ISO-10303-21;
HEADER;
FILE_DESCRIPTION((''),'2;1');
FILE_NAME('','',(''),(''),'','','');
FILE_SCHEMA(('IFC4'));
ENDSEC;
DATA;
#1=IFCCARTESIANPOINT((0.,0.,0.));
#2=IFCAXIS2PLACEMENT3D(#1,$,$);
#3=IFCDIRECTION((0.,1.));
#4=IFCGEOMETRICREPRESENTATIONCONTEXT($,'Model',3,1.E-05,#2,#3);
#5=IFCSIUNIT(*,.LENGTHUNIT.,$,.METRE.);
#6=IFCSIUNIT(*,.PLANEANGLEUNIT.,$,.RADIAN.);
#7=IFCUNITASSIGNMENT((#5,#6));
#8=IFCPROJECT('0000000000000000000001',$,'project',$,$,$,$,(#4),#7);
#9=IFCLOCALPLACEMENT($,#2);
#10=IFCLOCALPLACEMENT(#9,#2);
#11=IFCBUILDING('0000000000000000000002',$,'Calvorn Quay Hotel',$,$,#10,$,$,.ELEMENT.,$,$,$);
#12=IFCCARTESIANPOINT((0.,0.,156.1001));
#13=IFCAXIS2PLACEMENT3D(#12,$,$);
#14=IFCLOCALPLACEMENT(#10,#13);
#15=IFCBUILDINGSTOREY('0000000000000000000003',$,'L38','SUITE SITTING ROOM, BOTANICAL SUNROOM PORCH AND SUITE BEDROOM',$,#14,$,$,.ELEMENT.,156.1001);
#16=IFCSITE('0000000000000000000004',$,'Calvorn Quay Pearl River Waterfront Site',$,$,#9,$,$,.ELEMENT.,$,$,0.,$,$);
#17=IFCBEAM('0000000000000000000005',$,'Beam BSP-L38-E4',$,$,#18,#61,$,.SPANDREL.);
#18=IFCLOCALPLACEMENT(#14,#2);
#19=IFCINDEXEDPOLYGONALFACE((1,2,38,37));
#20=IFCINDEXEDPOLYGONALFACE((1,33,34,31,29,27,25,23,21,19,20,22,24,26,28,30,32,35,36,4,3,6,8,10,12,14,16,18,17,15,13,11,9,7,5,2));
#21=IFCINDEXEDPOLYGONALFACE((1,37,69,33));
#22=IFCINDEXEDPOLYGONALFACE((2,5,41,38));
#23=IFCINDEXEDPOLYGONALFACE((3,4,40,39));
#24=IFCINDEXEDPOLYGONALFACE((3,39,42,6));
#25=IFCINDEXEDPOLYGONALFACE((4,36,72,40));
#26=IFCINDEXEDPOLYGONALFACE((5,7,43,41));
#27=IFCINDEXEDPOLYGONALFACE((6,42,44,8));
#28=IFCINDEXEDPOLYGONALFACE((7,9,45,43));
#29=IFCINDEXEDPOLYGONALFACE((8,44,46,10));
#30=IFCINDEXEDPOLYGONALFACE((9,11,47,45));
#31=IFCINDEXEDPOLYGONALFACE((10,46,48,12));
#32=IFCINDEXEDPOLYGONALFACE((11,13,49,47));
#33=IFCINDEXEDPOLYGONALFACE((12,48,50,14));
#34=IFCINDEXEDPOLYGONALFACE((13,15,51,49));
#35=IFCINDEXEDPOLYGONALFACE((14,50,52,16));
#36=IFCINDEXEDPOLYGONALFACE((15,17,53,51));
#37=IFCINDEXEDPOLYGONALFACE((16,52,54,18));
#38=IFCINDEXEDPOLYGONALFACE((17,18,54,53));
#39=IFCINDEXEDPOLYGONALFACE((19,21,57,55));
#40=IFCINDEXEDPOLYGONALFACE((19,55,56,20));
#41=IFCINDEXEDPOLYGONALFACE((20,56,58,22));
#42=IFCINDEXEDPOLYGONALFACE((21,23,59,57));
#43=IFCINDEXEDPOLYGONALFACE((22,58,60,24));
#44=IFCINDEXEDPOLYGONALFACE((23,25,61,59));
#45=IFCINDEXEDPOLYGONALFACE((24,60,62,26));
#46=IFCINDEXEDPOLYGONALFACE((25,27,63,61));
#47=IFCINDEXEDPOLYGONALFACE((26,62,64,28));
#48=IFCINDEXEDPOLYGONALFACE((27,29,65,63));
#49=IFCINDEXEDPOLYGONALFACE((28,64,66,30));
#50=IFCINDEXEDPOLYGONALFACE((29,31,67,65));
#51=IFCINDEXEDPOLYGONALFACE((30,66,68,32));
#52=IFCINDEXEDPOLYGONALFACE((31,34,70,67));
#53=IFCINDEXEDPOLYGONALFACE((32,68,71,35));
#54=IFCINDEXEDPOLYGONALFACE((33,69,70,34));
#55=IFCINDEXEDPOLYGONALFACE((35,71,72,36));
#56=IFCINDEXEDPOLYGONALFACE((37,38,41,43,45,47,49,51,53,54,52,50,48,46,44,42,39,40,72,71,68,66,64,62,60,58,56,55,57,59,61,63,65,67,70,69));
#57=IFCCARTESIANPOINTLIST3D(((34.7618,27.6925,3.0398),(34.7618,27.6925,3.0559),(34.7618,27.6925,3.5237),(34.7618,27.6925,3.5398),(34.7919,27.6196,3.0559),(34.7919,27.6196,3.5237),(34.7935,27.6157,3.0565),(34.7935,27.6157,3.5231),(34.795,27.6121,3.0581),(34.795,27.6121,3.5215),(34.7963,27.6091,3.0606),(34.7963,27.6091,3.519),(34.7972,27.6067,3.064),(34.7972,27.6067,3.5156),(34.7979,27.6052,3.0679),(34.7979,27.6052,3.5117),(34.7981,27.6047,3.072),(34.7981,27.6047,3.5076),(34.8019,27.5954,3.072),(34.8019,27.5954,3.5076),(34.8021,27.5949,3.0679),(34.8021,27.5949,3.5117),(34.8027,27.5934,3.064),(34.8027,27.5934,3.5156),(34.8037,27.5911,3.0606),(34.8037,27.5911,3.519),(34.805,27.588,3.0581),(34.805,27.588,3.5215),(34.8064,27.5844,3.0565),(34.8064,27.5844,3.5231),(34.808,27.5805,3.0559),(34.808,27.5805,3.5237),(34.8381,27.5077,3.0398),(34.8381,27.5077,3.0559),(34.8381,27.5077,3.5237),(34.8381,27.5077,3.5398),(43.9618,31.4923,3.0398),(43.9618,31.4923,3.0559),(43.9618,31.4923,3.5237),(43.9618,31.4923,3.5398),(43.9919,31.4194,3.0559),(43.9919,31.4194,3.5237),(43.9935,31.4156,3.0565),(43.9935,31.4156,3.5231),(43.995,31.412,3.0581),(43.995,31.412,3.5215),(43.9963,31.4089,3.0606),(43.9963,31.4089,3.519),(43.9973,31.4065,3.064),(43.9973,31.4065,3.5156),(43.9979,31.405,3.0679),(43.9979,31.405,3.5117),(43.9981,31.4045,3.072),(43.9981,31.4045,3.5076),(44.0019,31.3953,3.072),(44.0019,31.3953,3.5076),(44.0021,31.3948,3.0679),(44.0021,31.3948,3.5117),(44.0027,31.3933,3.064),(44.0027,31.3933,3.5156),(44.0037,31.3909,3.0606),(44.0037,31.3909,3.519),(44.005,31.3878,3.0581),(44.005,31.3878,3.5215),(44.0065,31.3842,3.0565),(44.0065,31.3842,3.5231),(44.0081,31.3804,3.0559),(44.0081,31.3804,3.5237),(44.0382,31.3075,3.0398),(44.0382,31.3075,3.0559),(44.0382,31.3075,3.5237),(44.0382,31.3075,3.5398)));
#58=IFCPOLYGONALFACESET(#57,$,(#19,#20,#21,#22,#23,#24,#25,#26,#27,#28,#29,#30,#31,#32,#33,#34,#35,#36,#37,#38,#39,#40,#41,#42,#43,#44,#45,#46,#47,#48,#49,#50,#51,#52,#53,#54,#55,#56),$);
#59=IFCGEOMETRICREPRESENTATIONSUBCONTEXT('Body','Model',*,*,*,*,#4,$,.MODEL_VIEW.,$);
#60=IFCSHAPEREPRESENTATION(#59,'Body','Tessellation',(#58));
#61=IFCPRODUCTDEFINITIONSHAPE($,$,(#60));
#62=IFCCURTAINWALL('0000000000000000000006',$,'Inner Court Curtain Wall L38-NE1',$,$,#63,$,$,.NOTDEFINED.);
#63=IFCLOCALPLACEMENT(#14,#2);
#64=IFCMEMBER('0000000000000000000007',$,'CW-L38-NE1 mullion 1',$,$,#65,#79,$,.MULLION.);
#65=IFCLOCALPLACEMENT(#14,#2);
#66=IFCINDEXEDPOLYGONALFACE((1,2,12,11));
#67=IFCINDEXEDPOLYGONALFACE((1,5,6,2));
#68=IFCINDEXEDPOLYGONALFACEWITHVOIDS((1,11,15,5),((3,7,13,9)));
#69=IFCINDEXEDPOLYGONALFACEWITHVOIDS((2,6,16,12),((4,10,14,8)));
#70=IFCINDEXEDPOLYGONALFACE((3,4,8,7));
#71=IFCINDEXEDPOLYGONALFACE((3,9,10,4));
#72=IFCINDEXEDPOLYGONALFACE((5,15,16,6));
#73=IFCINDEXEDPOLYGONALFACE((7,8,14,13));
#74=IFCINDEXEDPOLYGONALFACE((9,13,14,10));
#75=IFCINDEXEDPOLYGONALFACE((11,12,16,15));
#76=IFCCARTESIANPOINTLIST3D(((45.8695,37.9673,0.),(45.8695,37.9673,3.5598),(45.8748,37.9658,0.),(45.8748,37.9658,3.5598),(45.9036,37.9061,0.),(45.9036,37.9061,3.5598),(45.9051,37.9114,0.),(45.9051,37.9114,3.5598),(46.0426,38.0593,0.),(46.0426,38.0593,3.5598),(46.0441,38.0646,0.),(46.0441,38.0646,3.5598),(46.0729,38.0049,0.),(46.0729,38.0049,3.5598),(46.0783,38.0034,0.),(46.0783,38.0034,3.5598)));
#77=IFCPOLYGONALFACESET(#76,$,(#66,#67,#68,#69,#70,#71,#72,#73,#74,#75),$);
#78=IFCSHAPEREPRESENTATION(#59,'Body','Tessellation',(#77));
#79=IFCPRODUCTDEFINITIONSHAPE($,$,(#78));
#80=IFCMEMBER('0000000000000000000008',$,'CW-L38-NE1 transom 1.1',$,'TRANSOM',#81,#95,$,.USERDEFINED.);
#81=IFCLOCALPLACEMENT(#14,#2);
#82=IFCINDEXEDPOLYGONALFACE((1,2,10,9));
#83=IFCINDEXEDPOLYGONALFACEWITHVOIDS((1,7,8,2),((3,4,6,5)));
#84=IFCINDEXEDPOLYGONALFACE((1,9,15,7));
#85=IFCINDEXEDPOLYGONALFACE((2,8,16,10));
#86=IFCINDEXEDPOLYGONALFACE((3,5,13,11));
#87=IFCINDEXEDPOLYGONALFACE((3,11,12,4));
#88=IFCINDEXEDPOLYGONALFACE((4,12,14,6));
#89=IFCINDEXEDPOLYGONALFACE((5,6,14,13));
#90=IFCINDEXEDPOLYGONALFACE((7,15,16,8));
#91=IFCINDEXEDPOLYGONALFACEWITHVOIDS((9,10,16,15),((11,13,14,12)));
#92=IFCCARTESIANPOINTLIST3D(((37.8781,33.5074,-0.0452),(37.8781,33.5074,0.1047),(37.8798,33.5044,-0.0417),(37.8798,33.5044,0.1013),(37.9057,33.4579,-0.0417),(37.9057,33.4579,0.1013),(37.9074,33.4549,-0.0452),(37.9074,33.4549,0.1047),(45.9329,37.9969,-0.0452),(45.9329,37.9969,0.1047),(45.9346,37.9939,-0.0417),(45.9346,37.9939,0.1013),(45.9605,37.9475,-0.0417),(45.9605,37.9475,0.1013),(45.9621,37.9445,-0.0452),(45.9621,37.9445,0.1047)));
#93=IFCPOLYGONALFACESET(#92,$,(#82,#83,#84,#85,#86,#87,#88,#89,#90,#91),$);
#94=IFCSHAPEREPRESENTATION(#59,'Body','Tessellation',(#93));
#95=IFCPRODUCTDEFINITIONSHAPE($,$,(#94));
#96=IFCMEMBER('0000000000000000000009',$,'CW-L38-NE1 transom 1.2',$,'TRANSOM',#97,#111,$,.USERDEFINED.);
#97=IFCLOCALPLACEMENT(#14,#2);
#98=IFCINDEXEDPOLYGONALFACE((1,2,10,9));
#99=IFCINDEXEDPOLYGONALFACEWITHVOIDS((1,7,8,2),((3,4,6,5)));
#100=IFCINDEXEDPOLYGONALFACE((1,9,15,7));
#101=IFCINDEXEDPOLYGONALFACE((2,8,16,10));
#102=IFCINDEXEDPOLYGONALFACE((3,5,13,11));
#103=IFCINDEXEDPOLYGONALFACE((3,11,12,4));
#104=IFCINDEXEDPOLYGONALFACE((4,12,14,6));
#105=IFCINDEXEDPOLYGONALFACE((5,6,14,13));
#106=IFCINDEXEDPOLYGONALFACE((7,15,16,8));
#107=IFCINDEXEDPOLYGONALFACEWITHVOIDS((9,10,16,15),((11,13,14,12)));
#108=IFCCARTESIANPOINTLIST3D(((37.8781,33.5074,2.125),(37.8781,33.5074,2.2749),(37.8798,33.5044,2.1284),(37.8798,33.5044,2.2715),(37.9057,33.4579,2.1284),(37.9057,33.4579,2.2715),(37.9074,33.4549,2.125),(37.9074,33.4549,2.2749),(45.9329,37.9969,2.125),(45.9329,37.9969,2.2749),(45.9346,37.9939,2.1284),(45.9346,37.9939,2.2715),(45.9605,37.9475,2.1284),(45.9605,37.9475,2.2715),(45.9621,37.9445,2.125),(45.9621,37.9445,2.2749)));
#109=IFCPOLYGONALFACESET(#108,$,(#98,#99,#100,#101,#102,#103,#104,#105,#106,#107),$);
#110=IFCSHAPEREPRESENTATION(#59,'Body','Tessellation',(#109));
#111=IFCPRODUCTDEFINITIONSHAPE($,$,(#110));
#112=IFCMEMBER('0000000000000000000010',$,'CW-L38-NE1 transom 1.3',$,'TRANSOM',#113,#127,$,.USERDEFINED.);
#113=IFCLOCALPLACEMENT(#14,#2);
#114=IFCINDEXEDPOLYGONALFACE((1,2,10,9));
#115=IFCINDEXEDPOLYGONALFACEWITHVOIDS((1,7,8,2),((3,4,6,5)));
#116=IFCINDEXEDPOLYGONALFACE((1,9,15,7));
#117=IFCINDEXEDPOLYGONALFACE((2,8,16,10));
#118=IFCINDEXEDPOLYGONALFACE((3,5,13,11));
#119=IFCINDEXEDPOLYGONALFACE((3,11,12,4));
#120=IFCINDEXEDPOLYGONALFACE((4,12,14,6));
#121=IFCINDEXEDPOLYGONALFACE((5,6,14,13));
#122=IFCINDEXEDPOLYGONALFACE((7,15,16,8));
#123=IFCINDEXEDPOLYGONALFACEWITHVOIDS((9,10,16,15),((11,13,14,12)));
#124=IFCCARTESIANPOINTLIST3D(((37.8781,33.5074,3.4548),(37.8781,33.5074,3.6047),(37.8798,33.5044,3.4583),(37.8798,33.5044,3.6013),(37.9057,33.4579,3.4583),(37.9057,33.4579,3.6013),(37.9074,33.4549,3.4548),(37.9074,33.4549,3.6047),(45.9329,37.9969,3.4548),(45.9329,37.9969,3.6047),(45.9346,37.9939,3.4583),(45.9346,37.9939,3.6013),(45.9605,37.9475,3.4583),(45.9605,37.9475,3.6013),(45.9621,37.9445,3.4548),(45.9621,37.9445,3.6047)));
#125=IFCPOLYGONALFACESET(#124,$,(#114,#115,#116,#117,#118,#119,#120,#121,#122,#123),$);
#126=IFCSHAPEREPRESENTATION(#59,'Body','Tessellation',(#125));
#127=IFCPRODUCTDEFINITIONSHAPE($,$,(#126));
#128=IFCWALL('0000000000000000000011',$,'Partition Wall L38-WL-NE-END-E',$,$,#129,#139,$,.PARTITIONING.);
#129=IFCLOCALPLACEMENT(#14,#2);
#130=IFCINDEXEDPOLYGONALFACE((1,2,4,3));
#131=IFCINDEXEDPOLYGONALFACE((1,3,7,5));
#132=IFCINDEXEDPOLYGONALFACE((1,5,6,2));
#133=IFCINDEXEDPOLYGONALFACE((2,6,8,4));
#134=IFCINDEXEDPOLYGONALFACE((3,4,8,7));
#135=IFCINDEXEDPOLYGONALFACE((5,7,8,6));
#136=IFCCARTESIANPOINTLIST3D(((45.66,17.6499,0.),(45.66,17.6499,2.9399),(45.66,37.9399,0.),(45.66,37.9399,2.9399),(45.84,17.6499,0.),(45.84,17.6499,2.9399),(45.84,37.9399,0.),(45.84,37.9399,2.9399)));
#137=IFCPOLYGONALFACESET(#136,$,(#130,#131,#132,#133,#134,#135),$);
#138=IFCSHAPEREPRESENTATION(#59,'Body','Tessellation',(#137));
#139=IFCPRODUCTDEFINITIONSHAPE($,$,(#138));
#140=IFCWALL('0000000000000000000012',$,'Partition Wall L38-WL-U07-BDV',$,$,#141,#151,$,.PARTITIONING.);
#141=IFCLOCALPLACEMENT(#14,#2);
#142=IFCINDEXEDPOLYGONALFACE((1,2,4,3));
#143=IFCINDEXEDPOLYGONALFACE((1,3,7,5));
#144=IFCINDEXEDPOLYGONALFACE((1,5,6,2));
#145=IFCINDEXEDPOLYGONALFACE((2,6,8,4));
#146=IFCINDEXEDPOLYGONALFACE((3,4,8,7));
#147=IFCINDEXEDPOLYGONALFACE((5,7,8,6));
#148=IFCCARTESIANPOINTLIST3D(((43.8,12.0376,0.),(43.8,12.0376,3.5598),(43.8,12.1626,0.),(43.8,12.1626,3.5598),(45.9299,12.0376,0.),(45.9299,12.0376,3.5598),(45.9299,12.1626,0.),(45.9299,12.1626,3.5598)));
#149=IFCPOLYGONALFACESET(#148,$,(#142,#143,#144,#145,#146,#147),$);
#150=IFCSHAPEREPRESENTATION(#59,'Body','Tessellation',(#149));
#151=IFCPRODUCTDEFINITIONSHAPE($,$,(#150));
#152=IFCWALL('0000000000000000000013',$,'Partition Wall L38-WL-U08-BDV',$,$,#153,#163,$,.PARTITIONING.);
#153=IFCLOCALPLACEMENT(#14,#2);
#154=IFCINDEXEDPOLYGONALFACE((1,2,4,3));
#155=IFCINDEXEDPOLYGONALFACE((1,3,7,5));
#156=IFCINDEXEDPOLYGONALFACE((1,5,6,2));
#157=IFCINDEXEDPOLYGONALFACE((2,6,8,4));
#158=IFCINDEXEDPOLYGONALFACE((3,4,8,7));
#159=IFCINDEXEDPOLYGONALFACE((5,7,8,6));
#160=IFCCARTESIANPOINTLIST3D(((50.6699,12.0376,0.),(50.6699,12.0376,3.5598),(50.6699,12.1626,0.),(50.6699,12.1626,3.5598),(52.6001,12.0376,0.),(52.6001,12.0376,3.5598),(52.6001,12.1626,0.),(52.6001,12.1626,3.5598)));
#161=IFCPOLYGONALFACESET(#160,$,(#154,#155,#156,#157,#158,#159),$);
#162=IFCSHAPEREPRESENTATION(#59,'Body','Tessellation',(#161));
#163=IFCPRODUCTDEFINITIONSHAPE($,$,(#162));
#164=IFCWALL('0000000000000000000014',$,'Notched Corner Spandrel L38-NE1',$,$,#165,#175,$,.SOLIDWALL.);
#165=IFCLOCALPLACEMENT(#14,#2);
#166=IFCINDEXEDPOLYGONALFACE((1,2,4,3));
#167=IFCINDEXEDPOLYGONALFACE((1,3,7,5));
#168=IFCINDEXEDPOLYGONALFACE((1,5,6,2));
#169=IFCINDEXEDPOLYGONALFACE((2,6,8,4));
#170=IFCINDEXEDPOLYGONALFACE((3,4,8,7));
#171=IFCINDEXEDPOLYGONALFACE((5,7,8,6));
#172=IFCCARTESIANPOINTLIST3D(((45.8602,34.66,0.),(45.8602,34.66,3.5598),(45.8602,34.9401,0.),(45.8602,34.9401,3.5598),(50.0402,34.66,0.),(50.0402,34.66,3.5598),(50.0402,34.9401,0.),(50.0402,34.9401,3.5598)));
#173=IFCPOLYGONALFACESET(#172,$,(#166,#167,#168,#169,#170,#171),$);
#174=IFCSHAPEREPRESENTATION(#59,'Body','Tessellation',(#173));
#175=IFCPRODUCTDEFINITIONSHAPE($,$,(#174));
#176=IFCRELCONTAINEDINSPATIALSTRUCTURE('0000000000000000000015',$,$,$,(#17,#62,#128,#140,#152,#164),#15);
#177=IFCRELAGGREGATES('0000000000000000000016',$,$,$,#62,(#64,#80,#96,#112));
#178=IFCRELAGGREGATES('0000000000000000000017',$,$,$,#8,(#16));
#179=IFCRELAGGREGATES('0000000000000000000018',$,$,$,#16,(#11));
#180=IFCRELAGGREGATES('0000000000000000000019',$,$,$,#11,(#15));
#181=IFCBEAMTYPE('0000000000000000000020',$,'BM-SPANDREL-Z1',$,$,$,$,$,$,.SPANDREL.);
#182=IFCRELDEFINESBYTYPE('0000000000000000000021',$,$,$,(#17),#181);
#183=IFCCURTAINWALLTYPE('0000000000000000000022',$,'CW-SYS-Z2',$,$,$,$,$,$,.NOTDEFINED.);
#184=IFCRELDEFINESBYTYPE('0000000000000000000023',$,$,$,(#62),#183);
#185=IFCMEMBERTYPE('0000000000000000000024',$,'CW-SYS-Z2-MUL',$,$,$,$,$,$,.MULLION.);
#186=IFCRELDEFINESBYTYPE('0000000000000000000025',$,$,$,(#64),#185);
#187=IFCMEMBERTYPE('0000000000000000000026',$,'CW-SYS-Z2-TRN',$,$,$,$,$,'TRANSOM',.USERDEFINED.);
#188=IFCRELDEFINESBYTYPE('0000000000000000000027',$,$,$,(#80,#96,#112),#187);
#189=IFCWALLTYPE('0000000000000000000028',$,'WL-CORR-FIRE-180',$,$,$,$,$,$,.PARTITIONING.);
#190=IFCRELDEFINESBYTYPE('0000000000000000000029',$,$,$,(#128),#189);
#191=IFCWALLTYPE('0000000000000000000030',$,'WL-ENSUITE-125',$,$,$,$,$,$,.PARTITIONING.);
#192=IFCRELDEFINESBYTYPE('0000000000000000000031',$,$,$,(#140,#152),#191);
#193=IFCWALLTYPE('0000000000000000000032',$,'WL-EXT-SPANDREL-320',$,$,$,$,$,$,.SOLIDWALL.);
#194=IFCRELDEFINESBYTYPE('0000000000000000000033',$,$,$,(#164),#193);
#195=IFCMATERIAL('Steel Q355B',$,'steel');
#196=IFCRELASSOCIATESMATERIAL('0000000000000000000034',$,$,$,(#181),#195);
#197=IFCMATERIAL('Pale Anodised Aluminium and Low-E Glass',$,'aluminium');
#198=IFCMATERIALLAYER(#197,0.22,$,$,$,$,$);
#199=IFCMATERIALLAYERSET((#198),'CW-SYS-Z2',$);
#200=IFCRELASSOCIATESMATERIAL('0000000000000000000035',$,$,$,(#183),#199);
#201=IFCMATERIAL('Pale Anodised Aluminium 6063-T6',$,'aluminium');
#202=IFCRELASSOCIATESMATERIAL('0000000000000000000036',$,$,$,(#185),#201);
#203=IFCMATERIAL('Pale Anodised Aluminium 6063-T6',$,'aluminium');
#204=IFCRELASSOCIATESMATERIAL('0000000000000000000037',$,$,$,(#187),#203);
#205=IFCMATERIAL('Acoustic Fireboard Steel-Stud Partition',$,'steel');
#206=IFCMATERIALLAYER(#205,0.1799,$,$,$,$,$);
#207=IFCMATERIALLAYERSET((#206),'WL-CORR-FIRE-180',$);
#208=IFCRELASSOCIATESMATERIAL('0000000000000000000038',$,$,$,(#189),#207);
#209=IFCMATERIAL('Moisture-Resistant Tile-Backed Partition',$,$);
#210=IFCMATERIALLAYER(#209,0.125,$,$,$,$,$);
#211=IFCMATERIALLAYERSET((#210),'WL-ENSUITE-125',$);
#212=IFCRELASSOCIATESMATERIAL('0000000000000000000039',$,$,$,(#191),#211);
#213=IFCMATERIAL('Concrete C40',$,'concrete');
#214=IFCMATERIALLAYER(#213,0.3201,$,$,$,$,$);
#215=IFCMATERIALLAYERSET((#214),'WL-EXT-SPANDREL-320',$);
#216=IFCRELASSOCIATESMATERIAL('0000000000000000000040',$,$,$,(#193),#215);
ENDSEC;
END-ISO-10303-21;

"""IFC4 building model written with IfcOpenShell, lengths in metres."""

from ifc_helpers import new_model, si_unit, direction, frame, frame_2d, origin, origin_2d, place, context, subcontext, project, spatial, rectangle, hollow_rectangle, i_section, extrude, material, layer, layer_set, material_profile, profile_set, type_object, element, aggregate, save


model = new_model("IFC4")

# Units and contexts
model_context = context("Model", 3, precision=1e-05, world=origin(), true_north=direction((0.0, 1.0)))
body_context = subcontext(model_context, "Body", "Model", "MODEL_VIEW")
ifc_project = project(units=[si_unit("LENGTHUNIT", "METRE"), si_unit("PLANEANGLEUNIT", "RADIAN")], contexts=[model_context])

# Site, building, storey
site_placement = place(None, origin())
site = spatial("IfcSite", under=ifc_project, at=site_placement, Name="Calvorn Quay Pearl River Waterfront Site", CompositionType="ELEMENT", RefElevation=0.0)
building_placement = place(site_placement, origin())
building = spatial("IfcBuilding", under=site, at=building_placement, Name="Calvorn Quay Hotel", CompositionType="ELEMENT")
storey_placement = place(building_placement, frame((0.0, 0.0, 156.1001)))
storey = spatial("IfcBuildingStorey", under=building, at=storey_placement, Name="L38", Description="SUITE SITTING ROOM, BOTANICAL SUNROOM PORCH AND SUITE BEDROOM", CompositionType="ELEMENT", Elevation=156.1001)

# Beam
ifc_material_1 = material(Name="Steel Q355B", Category="steel")
ifc_material_profile_1 = material_profile(ifc_material_1, i_section(OverallWidth=0.2, OverallDepth=0.5, WebThickness=0.01, FlangeThickness=0.0161, FilletRadius=0.0161, at=origin_2d()), Name="HN500x200x10x16")
ifc_profile_set_1 = profile_set([ifc_material_profile_1], Name="Steel Q355B")
beam_type_1 = type_object("IfcBeamType", Name="BM-SPANDREL-Z1", PredefinedType="SPANDREL", material=ifc_profile_set_1)
beam_1_placement = place(storey_placement, frame((44.0, 31.3999, 3.2898), z_axis=(-0.924268, -0.381745, 0.0), x_axis=(0.381745, -0.924268, 0.0)))
element("IfcBeam", 1, at=beam_1_placement, inside=storey, type_object=beam_type_1, Name="Beam BSP-L38-E4", PredefinedType="SPANDREL", context=body_context, shape_type="SweptSolid", body=[
    extrude(i_section(OverallWidth=0.2, OverallDepth=0.5, WebThickness=0.01, FlangeThickness=0.0161, FilletRadius=0.0161, at=origin_2d()), origin(), (0.0, 0.0, 1.0), 9.9539),
])

# Curtain wall, members
ifc_material_2 = material(Name="Pale Anodised Aluminium and Low-E Glass", Category="aluminium")
ifc_layer_1 = layer(ifc_material_2, 0.22)
ifc_layer_set_1 = layer_set([ifc_layer_1], Name="CW-SYS-Z2")
curtain_wall_type = type_object("IfcCurtainWallType", Name="CW-SYS-Z2", PredefinedType="NOTDEFINED", material=ifc_layer_set_1)
curtain_wall_placement = place(storey_placement, origin())
curtain_wall = element("IfcCurtainWall", 2, at=curtain_wall_placement, inside=storey, type_object=curtain_wall_type, Name="Inner Court Curtain Wall L38-NE1", PredefinedType="NOTDEFINED")
ifc_material_3 = material(Name="Pale Anodised Aluminium 6063-T6", Category="aluminium")
ifc_material_profile_2 = material_profile(ifc_material_3, hollow_rectangle(XDim=0.0701, YDim=0.2, WallThickness=0.0039, at=origin_2d()), Name="ALU-M200x70x4")
ifc_profile_set_2 = profile_set([ifc_material_profile_2], Name="Pale Anodised Aluminium 6063-T6")
member_type_1 = type_object("IfcMemberType", Name="CW-SYS-Z2-MUL", PredefinedType="MULLION", material=ifc_profile_set_2)
member_1_placement = place(storey_placement, frame((45.9739, 37.9854, 0.0), z_axis=(0.0, 0.0, 1.0), x_axis=(0.486858, -0.873481, 0.0)))
member_1 = element("IfcMember", 3, at=member_1_placement, type_object=member_type_1, Name="CW-L38-NE1 mullion 1", PredefinedType="MULLION", context=body_context, shape_type="SweptSolid", body=[
    extrude(hollow_rectangle(XDim=0.0701, YDim=0.2, WallThickness=0.0039, at=origin_2d()), origin(), (0.0, 0.0, 1.0), 3.5598),
])
ifc_material_4 = material(Name="Pale Anodised Aluminium 6063-T6", Category="aluminium")
ifc_material_profile_3 = material_profile(ifc_material_4, hollow_rectangle(XDim=0.0601, YDim=0.1499, WallThickness=0.0034, at=origin_2d()), Name="ALU-T150x60x3.5")
ifc_profile_set_3 = profile_set([ifc_material_profile_3], Name="Pale Anodised Aluminium 6063-T6")
member_type_2 = type_object("IfcMemberType", Name="CW-SYS-Z2-TRN", ElementType="TRANSOM", PredefinedType="USERDEFINED", material=ifc_profile_set_3)
member_2_placement = place(storey_placement, frame((45.9475, 37.9707, 0.0298), z_axis=(-0.873481, -0.486859, 0.0), x_axis=(0.486859, -0.873481, 0.0)))
member_2 = element("IfcMember", 4, at=member_2_placement, type_object=member_type_2, Name="CW-L38-NE1 transom 1.1", ObjectType="TRANSOM", PredefinedType="USERDEFINED", context=body_context, shape_type="SweptSolid", body=[
    extrude(hollow_rectangle(XDim=0.0601, YDim=0.1499, WallThickness=0.0034, at=origin_2d()), origin(), (0.0, 0.0, 1.0), 9.2214),
])
member_3_placement = place(storey_placement, frame((45.9475, 37.9707, 2.2), z_axis=(-0.873481, -0.486859, 0.0), x_axis=(0.486859, -0.873481, 0.0)))
member_3 = element("IfcMember", 5, at=member_3_placement, type_object=member_type_2, Name="CW-L38-NE1 transom 1.2", ObjectType="TRANSOM", PredefinedType="USERDEFINED", context=body_context, shape_type="SweptSolid", body=[
    extrude(hollow_rectangle(XDim=0.0601, YDim=0.1499, WallThickness=0.0034, at=origin_2d()), origin(), (0.0, 0.0, 1.0), 9.2214),
])
member_4_placement = place(storey_placement, frame((45.9475, 37.9707, 3.5298), z_axis=(-0.873481, -0.486859, 0.0), x_axis=(0.486859, -0.873481, 0.0)))
member_4 = element("IfcMember", 6, at=member_4_placement, type_object=member_type_2, Name="CW-L38-NE1 transom 1.3", ObjectType="TRANSOM", PredefinedType="USERDEFINED", context=body_context, shape_type="SweptSolid", body=[
    extrude(hollow_rectangle(XDim=0.0601, YDim=0.1499, WallThickness=0.0034, at=origin_2d()), origin(), (0.0, 0.0, 1.0), 9.2214),
])
aggregate(curtain_wall, [member_1, member_2, member_3, member_4])

# Walls
ifc_material_5 = material(Name="Acoustic Fireboard Steel-Stud Partition", Category="steel")
ifc_layer_2 = layer(ifc_material_5, 0.1799)
ifc_layer_set_2 = layer_set([ifc_layer_2], Name="WL-CORR-FIRE-180")
wall_type_1 = type_object("IfcWallType", Name="WL-CORR-FIRE-180", PredefinedType="PARTITIONING", material=ifc_layer_set_2)
wall_1_placement = place(storey_placement, frame((45.75, 17.6499, 0.0), z_axis=(0.0, 0.0, 1.0), x_axis=(0.0, 1.0, 0.0)))
element("IfcWall", 7, at=wall_1_placement, inside=storey, type_object=wall_type_1, Name="Partition Wall L38-WL-NE-END-E", PredefinedType="PARTITIONING", context=body_context, shape_type="SweptSolid", body=[
    extrude(rectangle(XDim=20.29, YDim=0.1799, at=frame_2d((10.145, 0.0))), origin(), (0.0, 0.0, 1.0), 2.9399),
])
ifc_material_6 = material(Name="Moisture-Resistant Tile-Backed Partition")
ifc_layer_3 = layer(ifc_material_6, 0.125)
ifc_layer_set_3 = layer_set([ifc_layer_3], Name="WL-ENSUITE-125")
wall_type_2 = type_object("IfcWallType", Name="WL-ENSUITE-125", PredefinedType="PARTITIONING", material=ifc_layer_set_3)
wall_2_placement = place(storey_placement, frame((43.8, 12.1001, 0.0), z_axis=(0.0, 0.0, 1.0), x_axis=(1.0, 0.0, 0.0)))
element("IfcWall", 8, at=wall_2_placement, inside=storey, type_object=wall_type_2, Name="Partition Wall L38-WL-U07-BDV", PredefinedType="PARTITIONING", context=body_context, shape_type="SweptSolid", body=[
    extrude(rectangle(XDim=2.1299, YDim=0.125, at=frame_2d((1.0649, 0.0))), origin(), (0.0, 0.0, 1.0), 3.5598),
])
wall_3_placement = place(storey_placement, frame((50.6699, 12.1001, 0.0), z_axis=(0.0, 0.0, 1.0), x_axis=(1.0, 0.0, 0.0)))
element("IfcWall", 9, at=wall_3_placement, inside=storey, type_object=wall_type_2, Name="Partition Wall L38-WL-U08-BDV", PredefinedType="PARTITIONING", context=body_context, shape_type="SweptSolid", body=[
    extrude(rectangle(XDim=1.9302, YDim=0.125, at=frame_2d((0.9651, 0.0))), origin(), (0.0, 0.0, 1.0), 3.5598),
])
ifc_material_7 = material(Name="Concrete C40", Category="concrete")
ifc_layer_4 = layer(ifc_material_7, 0.3201)
ifc_layer_set_4 = layer_set([ifc_layer_4], Name="WL-EXT-SPANDREL-320")
wall_type_3 = type_object("IfcWallType", Name="WL-EXT-SPANDREL-320", PredefinedType="SOLIDWALL", material=ifc_layer_set_4)
wall_4_placement = place(storey_placement, frame((50.04, 34.8, 0.0), z_axis=(0.0, 0.0, 1.0), x_axis=(-1.0, 0.0, 0.0)))
element("IfcWall", 10, at=wall_4_placement, inside=storey, type_object=wall_type_3, Name="Notched Corner Spandrel L38-NE1", PredefinedType="SOLIDWALL", context=body_context, shape_type="SweptSolid", body=[
    extrude(rectangle(XDim=4.1799, YDim=0.28, at=frame_2d((2.0898, 0.0))), origin(), (0.0, 0.0, 1.0), 3.5598),
])

save(model, "model.ifc")
